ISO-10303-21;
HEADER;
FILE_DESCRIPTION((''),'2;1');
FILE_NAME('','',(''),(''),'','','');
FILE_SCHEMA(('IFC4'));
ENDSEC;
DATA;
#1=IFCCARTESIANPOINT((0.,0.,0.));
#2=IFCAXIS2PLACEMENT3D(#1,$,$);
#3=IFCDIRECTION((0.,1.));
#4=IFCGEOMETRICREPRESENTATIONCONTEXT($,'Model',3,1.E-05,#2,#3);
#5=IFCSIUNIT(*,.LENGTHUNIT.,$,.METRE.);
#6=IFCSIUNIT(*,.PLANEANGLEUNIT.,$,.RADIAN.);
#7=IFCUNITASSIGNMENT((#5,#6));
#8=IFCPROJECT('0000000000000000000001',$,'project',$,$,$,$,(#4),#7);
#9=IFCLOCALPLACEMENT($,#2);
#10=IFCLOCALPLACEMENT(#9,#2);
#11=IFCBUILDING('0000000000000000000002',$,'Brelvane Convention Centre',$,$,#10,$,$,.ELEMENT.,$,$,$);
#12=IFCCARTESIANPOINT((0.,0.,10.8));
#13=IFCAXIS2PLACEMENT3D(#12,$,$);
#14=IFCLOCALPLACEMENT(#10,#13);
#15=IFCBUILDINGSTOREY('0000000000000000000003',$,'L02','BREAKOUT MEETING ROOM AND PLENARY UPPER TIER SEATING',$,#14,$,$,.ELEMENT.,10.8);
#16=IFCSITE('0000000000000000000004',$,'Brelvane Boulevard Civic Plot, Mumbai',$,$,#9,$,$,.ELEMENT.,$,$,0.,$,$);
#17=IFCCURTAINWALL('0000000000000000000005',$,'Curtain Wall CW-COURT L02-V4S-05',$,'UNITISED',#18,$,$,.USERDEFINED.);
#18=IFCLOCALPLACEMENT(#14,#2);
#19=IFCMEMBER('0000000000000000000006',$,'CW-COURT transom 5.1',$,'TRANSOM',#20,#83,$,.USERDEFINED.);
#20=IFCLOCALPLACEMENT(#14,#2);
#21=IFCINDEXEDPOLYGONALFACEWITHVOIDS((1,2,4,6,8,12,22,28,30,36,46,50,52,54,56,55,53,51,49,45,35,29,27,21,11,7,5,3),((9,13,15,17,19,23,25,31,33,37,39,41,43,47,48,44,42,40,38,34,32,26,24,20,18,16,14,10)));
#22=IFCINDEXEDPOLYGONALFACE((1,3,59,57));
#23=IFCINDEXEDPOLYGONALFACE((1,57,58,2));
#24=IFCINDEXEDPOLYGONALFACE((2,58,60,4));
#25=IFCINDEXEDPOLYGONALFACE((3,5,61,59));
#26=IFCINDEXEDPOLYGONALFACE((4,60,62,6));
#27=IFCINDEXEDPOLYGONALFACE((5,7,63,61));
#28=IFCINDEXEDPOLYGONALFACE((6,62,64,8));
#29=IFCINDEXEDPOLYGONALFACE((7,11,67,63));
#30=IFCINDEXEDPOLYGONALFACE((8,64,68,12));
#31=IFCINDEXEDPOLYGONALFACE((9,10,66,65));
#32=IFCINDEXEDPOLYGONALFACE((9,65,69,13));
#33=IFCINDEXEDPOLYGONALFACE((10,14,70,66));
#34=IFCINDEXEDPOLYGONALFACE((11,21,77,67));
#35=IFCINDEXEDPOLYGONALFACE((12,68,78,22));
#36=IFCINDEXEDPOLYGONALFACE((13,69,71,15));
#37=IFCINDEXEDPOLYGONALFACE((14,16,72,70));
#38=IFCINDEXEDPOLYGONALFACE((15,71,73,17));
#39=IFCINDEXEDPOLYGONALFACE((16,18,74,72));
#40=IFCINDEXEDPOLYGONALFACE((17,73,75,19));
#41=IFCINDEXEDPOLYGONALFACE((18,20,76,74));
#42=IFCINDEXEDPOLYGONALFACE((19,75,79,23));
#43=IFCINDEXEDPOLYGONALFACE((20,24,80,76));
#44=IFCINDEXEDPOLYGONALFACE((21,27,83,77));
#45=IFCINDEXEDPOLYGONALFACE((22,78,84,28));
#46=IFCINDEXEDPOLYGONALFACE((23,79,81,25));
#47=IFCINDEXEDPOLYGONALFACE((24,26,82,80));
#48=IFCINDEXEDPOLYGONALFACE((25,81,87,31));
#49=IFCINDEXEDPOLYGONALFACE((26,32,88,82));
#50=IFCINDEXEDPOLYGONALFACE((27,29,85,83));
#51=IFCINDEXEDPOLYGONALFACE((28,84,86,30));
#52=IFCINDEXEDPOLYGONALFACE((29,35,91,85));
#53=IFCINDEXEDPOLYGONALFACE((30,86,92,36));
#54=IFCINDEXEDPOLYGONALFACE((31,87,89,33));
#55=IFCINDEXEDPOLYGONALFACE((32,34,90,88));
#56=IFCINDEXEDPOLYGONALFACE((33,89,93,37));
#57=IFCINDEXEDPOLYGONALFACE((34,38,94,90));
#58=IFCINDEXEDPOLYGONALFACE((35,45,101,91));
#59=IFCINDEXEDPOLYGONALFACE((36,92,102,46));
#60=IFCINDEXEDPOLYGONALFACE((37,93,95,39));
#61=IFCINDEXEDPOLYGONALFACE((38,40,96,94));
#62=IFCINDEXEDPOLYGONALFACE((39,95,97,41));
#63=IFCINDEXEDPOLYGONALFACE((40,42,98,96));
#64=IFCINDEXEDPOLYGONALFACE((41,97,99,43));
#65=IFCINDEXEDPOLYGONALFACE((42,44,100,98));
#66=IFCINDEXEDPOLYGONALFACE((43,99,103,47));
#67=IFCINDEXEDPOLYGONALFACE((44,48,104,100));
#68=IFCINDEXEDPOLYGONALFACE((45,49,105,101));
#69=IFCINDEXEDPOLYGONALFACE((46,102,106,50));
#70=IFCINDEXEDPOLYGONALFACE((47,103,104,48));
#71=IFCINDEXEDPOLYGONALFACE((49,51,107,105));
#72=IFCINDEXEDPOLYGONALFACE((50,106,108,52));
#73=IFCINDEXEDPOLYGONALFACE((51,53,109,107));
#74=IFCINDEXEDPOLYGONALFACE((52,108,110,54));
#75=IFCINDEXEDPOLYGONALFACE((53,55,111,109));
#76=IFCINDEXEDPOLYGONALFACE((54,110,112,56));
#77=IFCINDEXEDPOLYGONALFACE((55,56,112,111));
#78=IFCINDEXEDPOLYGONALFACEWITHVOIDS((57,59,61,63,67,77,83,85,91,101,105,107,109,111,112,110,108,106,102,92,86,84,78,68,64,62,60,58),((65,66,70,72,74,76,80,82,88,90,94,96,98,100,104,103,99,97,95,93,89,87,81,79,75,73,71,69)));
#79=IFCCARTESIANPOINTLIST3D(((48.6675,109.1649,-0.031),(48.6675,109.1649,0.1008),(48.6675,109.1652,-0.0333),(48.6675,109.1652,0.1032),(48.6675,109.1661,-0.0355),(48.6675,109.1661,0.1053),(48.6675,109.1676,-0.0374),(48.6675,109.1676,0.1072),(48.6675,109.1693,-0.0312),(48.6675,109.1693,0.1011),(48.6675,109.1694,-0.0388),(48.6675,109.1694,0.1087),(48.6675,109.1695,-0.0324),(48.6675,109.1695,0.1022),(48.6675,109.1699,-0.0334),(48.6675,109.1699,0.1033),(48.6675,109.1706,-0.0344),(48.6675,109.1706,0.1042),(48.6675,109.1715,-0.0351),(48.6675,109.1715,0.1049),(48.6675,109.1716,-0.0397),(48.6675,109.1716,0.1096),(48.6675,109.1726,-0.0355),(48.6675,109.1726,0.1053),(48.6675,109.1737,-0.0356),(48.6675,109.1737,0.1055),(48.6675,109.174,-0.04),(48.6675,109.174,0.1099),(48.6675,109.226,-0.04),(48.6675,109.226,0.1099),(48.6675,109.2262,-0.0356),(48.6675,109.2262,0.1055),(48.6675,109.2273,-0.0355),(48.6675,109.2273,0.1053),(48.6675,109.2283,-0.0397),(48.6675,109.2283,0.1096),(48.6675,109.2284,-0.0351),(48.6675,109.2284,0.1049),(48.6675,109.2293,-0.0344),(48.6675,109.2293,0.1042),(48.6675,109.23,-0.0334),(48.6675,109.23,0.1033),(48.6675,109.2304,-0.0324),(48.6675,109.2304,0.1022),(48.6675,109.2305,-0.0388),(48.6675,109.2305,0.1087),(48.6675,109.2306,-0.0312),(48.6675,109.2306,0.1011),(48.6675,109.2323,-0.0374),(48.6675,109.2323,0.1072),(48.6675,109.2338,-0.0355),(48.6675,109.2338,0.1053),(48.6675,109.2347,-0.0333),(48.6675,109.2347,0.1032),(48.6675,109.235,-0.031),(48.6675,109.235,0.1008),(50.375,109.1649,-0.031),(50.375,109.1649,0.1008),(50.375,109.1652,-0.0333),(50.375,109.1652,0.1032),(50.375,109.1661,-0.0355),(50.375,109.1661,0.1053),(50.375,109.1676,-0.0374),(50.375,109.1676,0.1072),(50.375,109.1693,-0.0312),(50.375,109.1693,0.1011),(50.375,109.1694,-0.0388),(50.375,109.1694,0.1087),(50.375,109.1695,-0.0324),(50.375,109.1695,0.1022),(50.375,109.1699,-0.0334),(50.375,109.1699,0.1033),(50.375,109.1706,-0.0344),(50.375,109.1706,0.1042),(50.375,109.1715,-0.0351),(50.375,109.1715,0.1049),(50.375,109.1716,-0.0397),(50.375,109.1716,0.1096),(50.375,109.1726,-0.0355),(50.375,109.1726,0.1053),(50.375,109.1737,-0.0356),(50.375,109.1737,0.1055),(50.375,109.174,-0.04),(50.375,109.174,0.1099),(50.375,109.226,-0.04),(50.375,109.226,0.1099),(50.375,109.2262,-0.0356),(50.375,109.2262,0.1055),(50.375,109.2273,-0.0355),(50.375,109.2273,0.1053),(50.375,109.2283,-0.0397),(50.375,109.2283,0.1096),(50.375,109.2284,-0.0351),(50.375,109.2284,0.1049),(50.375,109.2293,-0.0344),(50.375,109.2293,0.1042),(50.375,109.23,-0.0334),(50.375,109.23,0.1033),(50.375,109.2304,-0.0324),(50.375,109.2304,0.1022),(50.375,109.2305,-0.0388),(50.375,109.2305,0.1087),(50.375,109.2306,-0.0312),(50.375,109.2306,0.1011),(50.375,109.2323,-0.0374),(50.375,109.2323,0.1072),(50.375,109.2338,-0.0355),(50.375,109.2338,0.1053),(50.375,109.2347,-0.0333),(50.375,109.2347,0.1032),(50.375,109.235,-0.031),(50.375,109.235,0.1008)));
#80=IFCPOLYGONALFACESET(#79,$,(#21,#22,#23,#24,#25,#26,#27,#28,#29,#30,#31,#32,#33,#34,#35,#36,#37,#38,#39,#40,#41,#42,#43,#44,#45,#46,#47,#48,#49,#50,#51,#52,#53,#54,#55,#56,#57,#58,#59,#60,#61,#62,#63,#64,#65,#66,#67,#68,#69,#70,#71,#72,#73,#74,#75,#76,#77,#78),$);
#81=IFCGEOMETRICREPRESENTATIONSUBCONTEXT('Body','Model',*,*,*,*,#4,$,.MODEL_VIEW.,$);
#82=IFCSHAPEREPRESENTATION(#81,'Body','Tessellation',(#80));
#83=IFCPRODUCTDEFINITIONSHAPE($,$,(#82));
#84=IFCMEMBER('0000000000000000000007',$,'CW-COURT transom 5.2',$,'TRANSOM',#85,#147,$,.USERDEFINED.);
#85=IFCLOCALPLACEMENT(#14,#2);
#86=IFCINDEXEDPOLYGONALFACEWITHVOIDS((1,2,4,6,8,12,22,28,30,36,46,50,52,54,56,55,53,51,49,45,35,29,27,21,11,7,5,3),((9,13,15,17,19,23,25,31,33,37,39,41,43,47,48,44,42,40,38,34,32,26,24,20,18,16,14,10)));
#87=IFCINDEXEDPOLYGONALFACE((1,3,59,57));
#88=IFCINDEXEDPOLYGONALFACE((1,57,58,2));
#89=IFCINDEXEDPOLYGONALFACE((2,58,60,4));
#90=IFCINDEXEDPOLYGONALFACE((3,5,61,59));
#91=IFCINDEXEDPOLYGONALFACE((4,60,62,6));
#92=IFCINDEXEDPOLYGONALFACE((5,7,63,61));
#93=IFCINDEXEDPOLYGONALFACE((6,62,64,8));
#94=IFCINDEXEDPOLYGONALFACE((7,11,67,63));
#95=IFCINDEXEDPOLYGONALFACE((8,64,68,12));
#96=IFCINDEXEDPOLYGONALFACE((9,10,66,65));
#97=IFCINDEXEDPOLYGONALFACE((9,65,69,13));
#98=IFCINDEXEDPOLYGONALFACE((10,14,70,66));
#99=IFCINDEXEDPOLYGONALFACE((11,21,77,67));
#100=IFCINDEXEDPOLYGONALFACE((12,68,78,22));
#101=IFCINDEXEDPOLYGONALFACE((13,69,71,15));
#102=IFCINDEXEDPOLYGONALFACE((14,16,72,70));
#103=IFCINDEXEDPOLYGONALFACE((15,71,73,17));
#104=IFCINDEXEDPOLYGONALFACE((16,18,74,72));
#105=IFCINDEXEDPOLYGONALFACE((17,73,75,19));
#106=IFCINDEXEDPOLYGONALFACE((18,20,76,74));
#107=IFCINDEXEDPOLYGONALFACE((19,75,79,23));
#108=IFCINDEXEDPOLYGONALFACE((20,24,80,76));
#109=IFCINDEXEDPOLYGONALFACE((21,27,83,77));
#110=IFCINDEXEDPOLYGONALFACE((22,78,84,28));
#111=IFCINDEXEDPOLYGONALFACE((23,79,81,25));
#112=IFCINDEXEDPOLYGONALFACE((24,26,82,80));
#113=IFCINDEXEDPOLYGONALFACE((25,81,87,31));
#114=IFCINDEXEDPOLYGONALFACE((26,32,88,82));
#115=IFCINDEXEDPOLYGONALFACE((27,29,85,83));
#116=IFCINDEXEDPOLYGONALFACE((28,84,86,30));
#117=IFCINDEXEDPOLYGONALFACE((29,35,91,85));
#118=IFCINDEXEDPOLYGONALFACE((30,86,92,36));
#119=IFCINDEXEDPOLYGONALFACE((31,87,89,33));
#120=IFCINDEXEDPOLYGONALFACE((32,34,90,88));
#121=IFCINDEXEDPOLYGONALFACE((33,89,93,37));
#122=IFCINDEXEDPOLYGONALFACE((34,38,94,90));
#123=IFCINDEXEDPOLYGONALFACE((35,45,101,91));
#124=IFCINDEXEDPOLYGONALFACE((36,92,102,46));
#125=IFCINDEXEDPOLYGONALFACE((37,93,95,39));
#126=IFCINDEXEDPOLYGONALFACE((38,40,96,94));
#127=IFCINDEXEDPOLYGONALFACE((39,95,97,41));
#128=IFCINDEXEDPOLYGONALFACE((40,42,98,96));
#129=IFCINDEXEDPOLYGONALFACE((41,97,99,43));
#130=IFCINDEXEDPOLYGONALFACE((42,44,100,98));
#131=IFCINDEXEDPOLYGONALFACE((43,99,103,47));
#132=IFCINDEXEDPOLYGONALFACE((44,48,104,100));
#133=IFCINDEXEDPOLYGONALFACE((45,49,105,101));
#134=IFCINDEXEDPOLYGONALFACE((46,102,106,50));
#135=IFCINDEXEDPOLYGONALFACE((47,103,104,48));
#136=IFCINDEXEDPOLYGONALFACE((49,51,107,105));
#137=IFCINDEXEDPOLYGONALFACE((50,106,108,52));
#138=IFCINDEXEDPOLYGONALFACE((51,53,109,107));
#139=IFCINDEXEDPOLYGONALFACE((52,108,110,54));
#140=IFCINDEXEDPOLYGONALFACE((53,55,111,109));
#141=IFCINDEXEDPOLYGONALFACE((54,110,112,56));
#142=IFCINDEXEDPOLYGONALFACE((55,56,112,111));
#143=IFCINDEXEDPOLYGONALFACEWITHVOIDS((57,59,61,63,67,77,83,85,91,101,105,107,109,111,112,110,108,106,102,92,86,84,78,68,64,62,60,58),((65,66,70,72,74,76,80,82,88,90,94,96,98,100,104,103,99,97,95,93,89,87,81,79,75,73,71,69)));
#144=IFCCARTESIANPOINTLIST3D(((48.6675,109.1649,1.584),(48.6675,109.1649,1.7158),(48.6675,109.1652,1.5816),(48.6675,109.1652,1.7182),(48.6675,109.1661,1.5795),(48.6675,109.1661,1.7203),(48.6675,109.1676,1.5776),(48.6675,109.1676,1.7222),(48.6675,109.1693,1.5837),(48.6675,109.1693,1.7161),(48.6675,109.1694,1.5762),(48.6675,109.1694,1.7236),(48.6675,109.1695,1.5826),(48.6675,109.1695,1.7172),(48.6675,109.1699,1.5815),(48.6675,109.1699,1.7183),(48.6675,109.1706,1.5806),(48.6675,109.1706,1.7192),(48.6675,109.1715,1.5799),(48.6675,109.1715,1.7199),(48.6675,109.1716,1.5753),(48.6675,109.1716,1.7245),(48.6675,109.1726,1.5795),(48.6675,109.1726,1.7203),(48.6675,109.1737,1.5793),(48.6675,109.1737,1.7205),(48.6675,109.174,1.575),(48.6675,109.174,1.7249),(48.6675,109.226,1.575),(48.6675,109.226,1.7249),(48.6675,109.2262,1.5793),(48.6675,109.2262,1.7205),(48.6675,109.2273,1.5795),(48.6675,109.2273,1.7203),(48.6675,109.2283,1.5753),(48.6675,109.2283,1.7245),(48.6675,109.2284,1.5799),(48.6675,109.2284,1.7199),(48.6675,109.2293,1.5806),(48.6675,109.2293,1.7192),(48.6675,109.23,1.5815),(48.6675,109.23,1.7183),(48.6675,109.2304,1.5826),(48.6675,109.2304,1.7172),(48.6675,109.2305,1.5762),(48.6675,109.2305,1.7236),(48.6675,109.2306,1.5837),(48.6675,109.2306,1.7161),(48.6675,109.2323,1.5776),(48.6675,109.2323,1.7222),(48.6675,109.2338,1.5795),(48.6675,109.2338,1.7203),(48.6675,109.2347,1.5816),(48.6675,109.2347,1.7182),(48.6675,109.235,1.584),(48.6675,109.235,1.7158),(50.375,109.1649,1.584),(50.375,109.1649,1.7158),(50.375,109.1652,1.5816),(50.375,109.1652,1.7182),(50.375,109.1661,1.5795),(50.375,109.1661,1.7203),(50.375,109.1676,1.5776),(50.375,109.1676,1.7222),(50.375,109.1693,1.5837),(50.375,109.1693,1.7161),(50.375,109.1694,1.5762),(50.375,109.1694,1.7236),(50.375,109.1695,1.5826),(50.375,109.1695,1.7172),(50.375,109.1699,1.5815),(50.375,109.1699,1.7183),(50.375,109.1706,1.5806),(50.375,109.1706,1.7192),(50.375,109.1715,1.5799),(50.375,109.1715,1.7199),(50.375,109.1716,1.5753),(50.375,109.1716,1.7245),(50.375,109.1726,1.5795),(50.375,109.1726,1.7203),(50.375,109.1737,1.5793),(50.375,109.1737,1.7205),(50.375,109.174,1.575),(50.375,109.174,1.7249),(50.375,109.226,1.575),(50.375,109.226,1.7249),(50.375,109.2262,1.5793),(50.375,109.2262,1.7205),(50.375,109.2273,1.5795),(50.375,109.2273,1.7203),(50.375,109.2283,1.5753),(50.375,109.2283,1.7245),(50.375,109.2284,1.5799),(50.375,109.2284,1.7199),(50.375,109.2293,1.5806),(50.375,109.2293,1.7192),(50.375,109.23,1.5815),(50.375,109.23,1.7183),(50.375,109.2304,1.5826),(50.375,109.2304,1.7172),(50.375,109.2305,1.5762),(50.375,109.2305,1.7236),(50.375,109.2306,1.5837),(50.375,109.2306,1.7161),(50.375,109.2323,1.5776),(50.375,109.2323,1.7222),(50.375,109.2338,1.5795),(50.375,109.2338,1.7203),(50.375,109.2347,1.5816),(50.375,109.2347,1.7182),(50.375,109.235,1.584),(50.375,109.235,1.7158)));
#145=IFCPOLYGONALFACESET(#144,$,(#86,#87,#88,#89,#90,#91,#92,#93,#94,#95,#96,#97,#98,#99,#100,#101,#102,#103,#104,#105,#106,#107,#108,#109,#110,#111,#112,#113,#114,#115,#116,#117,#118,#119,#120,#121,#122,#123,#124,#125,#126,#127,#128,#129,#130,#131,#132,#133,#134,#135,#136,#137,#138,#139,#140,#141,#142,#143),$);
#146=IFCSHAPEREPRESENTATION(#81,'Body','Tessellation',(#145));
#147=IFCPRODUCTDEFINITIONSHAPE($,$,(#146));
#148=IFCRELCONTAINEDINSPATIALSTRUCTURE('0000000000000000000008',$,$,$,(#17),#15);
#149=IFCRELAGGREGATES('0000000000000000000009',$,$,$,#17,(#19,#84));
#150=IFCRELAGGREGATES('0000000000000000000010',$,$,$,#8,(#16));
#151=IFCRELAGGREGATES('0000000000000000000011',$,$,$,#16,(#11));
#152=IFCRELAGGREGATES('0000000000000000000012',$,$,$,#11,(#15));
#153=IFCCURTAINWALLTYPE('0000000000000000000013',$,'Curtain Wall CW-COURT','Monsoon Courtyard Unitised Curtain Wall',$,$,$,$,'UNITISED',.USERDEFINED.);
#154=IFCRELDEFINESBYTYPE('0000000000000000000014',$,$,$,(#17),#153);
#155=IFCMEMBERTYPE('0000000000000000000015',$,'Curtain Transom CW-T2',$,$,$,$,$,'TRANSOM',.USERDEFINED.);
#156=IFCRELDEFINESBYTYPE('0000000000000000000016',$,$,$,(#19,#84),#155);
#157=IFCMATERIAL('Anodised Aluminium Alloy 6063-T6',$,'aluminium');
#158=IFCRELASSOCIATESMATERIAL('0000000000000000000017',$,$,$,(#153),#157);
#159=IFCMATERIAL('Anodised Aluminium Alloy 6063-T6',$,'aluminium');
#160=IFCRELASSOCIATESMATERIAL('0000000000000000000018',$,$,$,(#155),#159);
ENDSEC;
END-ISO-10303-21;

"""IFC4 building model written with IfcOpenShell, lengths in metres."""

from ifc_helpers import new_model, si_unit, direction, frame, origin, origin_2d, place, context, subcontext, project, spatial, hollow_rectangle, extrude, material, material_profile, profile_set, type_object, element, aggregate, save


model = new_model("IFC4")

# Units and contexts
model_context = context("Model", 3, precision=1e-05, world=origin(), true_north=direction((0.0, 1.0)))
body_context = subcontext(model_context, "Body", "Model", "MODEL_VIEW")
ifc_project = project(units=[si_unit("LENGTHUNIT", "METRE"), si_unit("PLANEANGLEUNIT", "RADIAN")], contexts=[model_context])

# Site, building, storey
site_placement = place(None, origin())
site = spatial("IfcSite", under=ifc_project, at=site_placement, Name="Brelvane Boulevard Civic Plot, Mumbai", CompositionType="ELEMENT", RefElevation=0.0)
building_placement = place(site_placement, origin())
building = spatial("IfcBuilding", under=site, at=building_placement, Name="Brelvane Convention Centre", CompositionType="ELEMENT")
storey_placement = place(building_placement, frame((0.0, 0.0, 10.8)))
storey = spatial("IfcBuildingStorey", under=building, at=storey_placement, Name="L02", Description="BREAKOUT MEETING ROOM AND PLENARY UPPER TIER SEATING", CompositionType="ELEMENT", Elevation=10.8)

# Curtain wall, members
ifc_material_1 = material(Name="Anodised Aluminium Alloy 6063-T6", Category="aluminium")
curtain_wall_type = type_object("IfcCurtainWallType", Name="Curtain Wall CW-COURT", Description="Monsoon Courtyard Unitised Curtain Wall", ElementType="UNITISED", PredefinedType="USERDEFINED", material=ifc_material_1)
curtain_wall_placement = place(storey_placement, origin())
curtain_wall = element("IfcCurtainWall", 1, at=curtain_wall_placement, inside=storey, type_object=curtain_wall_type, Name="Curtain Wall CW-COURT L02-V4S-05", ObjectType="UNITISED", PredefinedType="USERDEFINED")
ifc_material_2 = material(Name="Anodised Aluminium Alloy 6063-T6", Category="aluminium")
ifc_material_profile_1 = material_profile(ifc_material_2, hollow_rectangle(XDim=0.0701, YDim=0.1499, WallThickness=0.0044, InnerFilletRadius=0.0044, OuterFilletRadius=0.009, at=origin_2d()), Name="ALU-T 150x70x4.5")
ifc_profile_set_1 = profile_set([ifc_material_profile_1], Name="Anodised Aluminium Alloy 6063-T6")
member_type_1 = type_object("IfcMemberType", Name="Curtain Transom CW-T2", ElementType="TRANSOM", PredefinedType="USERDEFINED", material=ifc_profile_set_1)
member_1_placement = place(storey_placement, frame((48.6675, 109.2, 0.0349), z_axis=(1.0, 0.0, 0.0), x_axis=(0.0, 1.0, 0.0)))
member_1 = element("IfcMember", 2, at=member_1_placement, type_object=member_type_1, Name="CW-COURT transom 5.1", ObjectType="TRANSOM", PredefinedType="USERDEFINED", context=body_context, shape_type="SweptSolid", body=[
    extrude(hollow_rectangle(XDim=0.0701, YDim=0.1499, WallThickness=0.0044, InnerFilletRadius=0.0044, OuterFilletRadius=0.009, at=origin_2d()), origin(), (0.0, 0.0, 1.0), 1.7075),
])
member_2_placement = place(storey_placement, frame((48.6675, 109.2, 1.6499), z_axis=(1.0, 0.0, 0.0), x_axis=(0.0, 1.0, 0.0)))
member_2 = element("IfcMember", 3, at=member_2_placement, type_object=member_type_1, Name="CW-COURT transom 5.2", ObjectType="TRANSOM", PredefinedType="USERDEFINED", context=body_context, shape_type="SweptSolid", body=[
    extrude(hollow_rectangle(XDim=0.0701, YDim=0.1499, WallThickness=0.0044, InnerFilletRadius=0.0044, OuterFilletRadius=0.009, at=origin_2d()), origin(), (0.0, 0.0, 1.0), 1.7075),
])

aggregate(curtain_wall, [member_1, member_2])

save(model, "model.ifc")
